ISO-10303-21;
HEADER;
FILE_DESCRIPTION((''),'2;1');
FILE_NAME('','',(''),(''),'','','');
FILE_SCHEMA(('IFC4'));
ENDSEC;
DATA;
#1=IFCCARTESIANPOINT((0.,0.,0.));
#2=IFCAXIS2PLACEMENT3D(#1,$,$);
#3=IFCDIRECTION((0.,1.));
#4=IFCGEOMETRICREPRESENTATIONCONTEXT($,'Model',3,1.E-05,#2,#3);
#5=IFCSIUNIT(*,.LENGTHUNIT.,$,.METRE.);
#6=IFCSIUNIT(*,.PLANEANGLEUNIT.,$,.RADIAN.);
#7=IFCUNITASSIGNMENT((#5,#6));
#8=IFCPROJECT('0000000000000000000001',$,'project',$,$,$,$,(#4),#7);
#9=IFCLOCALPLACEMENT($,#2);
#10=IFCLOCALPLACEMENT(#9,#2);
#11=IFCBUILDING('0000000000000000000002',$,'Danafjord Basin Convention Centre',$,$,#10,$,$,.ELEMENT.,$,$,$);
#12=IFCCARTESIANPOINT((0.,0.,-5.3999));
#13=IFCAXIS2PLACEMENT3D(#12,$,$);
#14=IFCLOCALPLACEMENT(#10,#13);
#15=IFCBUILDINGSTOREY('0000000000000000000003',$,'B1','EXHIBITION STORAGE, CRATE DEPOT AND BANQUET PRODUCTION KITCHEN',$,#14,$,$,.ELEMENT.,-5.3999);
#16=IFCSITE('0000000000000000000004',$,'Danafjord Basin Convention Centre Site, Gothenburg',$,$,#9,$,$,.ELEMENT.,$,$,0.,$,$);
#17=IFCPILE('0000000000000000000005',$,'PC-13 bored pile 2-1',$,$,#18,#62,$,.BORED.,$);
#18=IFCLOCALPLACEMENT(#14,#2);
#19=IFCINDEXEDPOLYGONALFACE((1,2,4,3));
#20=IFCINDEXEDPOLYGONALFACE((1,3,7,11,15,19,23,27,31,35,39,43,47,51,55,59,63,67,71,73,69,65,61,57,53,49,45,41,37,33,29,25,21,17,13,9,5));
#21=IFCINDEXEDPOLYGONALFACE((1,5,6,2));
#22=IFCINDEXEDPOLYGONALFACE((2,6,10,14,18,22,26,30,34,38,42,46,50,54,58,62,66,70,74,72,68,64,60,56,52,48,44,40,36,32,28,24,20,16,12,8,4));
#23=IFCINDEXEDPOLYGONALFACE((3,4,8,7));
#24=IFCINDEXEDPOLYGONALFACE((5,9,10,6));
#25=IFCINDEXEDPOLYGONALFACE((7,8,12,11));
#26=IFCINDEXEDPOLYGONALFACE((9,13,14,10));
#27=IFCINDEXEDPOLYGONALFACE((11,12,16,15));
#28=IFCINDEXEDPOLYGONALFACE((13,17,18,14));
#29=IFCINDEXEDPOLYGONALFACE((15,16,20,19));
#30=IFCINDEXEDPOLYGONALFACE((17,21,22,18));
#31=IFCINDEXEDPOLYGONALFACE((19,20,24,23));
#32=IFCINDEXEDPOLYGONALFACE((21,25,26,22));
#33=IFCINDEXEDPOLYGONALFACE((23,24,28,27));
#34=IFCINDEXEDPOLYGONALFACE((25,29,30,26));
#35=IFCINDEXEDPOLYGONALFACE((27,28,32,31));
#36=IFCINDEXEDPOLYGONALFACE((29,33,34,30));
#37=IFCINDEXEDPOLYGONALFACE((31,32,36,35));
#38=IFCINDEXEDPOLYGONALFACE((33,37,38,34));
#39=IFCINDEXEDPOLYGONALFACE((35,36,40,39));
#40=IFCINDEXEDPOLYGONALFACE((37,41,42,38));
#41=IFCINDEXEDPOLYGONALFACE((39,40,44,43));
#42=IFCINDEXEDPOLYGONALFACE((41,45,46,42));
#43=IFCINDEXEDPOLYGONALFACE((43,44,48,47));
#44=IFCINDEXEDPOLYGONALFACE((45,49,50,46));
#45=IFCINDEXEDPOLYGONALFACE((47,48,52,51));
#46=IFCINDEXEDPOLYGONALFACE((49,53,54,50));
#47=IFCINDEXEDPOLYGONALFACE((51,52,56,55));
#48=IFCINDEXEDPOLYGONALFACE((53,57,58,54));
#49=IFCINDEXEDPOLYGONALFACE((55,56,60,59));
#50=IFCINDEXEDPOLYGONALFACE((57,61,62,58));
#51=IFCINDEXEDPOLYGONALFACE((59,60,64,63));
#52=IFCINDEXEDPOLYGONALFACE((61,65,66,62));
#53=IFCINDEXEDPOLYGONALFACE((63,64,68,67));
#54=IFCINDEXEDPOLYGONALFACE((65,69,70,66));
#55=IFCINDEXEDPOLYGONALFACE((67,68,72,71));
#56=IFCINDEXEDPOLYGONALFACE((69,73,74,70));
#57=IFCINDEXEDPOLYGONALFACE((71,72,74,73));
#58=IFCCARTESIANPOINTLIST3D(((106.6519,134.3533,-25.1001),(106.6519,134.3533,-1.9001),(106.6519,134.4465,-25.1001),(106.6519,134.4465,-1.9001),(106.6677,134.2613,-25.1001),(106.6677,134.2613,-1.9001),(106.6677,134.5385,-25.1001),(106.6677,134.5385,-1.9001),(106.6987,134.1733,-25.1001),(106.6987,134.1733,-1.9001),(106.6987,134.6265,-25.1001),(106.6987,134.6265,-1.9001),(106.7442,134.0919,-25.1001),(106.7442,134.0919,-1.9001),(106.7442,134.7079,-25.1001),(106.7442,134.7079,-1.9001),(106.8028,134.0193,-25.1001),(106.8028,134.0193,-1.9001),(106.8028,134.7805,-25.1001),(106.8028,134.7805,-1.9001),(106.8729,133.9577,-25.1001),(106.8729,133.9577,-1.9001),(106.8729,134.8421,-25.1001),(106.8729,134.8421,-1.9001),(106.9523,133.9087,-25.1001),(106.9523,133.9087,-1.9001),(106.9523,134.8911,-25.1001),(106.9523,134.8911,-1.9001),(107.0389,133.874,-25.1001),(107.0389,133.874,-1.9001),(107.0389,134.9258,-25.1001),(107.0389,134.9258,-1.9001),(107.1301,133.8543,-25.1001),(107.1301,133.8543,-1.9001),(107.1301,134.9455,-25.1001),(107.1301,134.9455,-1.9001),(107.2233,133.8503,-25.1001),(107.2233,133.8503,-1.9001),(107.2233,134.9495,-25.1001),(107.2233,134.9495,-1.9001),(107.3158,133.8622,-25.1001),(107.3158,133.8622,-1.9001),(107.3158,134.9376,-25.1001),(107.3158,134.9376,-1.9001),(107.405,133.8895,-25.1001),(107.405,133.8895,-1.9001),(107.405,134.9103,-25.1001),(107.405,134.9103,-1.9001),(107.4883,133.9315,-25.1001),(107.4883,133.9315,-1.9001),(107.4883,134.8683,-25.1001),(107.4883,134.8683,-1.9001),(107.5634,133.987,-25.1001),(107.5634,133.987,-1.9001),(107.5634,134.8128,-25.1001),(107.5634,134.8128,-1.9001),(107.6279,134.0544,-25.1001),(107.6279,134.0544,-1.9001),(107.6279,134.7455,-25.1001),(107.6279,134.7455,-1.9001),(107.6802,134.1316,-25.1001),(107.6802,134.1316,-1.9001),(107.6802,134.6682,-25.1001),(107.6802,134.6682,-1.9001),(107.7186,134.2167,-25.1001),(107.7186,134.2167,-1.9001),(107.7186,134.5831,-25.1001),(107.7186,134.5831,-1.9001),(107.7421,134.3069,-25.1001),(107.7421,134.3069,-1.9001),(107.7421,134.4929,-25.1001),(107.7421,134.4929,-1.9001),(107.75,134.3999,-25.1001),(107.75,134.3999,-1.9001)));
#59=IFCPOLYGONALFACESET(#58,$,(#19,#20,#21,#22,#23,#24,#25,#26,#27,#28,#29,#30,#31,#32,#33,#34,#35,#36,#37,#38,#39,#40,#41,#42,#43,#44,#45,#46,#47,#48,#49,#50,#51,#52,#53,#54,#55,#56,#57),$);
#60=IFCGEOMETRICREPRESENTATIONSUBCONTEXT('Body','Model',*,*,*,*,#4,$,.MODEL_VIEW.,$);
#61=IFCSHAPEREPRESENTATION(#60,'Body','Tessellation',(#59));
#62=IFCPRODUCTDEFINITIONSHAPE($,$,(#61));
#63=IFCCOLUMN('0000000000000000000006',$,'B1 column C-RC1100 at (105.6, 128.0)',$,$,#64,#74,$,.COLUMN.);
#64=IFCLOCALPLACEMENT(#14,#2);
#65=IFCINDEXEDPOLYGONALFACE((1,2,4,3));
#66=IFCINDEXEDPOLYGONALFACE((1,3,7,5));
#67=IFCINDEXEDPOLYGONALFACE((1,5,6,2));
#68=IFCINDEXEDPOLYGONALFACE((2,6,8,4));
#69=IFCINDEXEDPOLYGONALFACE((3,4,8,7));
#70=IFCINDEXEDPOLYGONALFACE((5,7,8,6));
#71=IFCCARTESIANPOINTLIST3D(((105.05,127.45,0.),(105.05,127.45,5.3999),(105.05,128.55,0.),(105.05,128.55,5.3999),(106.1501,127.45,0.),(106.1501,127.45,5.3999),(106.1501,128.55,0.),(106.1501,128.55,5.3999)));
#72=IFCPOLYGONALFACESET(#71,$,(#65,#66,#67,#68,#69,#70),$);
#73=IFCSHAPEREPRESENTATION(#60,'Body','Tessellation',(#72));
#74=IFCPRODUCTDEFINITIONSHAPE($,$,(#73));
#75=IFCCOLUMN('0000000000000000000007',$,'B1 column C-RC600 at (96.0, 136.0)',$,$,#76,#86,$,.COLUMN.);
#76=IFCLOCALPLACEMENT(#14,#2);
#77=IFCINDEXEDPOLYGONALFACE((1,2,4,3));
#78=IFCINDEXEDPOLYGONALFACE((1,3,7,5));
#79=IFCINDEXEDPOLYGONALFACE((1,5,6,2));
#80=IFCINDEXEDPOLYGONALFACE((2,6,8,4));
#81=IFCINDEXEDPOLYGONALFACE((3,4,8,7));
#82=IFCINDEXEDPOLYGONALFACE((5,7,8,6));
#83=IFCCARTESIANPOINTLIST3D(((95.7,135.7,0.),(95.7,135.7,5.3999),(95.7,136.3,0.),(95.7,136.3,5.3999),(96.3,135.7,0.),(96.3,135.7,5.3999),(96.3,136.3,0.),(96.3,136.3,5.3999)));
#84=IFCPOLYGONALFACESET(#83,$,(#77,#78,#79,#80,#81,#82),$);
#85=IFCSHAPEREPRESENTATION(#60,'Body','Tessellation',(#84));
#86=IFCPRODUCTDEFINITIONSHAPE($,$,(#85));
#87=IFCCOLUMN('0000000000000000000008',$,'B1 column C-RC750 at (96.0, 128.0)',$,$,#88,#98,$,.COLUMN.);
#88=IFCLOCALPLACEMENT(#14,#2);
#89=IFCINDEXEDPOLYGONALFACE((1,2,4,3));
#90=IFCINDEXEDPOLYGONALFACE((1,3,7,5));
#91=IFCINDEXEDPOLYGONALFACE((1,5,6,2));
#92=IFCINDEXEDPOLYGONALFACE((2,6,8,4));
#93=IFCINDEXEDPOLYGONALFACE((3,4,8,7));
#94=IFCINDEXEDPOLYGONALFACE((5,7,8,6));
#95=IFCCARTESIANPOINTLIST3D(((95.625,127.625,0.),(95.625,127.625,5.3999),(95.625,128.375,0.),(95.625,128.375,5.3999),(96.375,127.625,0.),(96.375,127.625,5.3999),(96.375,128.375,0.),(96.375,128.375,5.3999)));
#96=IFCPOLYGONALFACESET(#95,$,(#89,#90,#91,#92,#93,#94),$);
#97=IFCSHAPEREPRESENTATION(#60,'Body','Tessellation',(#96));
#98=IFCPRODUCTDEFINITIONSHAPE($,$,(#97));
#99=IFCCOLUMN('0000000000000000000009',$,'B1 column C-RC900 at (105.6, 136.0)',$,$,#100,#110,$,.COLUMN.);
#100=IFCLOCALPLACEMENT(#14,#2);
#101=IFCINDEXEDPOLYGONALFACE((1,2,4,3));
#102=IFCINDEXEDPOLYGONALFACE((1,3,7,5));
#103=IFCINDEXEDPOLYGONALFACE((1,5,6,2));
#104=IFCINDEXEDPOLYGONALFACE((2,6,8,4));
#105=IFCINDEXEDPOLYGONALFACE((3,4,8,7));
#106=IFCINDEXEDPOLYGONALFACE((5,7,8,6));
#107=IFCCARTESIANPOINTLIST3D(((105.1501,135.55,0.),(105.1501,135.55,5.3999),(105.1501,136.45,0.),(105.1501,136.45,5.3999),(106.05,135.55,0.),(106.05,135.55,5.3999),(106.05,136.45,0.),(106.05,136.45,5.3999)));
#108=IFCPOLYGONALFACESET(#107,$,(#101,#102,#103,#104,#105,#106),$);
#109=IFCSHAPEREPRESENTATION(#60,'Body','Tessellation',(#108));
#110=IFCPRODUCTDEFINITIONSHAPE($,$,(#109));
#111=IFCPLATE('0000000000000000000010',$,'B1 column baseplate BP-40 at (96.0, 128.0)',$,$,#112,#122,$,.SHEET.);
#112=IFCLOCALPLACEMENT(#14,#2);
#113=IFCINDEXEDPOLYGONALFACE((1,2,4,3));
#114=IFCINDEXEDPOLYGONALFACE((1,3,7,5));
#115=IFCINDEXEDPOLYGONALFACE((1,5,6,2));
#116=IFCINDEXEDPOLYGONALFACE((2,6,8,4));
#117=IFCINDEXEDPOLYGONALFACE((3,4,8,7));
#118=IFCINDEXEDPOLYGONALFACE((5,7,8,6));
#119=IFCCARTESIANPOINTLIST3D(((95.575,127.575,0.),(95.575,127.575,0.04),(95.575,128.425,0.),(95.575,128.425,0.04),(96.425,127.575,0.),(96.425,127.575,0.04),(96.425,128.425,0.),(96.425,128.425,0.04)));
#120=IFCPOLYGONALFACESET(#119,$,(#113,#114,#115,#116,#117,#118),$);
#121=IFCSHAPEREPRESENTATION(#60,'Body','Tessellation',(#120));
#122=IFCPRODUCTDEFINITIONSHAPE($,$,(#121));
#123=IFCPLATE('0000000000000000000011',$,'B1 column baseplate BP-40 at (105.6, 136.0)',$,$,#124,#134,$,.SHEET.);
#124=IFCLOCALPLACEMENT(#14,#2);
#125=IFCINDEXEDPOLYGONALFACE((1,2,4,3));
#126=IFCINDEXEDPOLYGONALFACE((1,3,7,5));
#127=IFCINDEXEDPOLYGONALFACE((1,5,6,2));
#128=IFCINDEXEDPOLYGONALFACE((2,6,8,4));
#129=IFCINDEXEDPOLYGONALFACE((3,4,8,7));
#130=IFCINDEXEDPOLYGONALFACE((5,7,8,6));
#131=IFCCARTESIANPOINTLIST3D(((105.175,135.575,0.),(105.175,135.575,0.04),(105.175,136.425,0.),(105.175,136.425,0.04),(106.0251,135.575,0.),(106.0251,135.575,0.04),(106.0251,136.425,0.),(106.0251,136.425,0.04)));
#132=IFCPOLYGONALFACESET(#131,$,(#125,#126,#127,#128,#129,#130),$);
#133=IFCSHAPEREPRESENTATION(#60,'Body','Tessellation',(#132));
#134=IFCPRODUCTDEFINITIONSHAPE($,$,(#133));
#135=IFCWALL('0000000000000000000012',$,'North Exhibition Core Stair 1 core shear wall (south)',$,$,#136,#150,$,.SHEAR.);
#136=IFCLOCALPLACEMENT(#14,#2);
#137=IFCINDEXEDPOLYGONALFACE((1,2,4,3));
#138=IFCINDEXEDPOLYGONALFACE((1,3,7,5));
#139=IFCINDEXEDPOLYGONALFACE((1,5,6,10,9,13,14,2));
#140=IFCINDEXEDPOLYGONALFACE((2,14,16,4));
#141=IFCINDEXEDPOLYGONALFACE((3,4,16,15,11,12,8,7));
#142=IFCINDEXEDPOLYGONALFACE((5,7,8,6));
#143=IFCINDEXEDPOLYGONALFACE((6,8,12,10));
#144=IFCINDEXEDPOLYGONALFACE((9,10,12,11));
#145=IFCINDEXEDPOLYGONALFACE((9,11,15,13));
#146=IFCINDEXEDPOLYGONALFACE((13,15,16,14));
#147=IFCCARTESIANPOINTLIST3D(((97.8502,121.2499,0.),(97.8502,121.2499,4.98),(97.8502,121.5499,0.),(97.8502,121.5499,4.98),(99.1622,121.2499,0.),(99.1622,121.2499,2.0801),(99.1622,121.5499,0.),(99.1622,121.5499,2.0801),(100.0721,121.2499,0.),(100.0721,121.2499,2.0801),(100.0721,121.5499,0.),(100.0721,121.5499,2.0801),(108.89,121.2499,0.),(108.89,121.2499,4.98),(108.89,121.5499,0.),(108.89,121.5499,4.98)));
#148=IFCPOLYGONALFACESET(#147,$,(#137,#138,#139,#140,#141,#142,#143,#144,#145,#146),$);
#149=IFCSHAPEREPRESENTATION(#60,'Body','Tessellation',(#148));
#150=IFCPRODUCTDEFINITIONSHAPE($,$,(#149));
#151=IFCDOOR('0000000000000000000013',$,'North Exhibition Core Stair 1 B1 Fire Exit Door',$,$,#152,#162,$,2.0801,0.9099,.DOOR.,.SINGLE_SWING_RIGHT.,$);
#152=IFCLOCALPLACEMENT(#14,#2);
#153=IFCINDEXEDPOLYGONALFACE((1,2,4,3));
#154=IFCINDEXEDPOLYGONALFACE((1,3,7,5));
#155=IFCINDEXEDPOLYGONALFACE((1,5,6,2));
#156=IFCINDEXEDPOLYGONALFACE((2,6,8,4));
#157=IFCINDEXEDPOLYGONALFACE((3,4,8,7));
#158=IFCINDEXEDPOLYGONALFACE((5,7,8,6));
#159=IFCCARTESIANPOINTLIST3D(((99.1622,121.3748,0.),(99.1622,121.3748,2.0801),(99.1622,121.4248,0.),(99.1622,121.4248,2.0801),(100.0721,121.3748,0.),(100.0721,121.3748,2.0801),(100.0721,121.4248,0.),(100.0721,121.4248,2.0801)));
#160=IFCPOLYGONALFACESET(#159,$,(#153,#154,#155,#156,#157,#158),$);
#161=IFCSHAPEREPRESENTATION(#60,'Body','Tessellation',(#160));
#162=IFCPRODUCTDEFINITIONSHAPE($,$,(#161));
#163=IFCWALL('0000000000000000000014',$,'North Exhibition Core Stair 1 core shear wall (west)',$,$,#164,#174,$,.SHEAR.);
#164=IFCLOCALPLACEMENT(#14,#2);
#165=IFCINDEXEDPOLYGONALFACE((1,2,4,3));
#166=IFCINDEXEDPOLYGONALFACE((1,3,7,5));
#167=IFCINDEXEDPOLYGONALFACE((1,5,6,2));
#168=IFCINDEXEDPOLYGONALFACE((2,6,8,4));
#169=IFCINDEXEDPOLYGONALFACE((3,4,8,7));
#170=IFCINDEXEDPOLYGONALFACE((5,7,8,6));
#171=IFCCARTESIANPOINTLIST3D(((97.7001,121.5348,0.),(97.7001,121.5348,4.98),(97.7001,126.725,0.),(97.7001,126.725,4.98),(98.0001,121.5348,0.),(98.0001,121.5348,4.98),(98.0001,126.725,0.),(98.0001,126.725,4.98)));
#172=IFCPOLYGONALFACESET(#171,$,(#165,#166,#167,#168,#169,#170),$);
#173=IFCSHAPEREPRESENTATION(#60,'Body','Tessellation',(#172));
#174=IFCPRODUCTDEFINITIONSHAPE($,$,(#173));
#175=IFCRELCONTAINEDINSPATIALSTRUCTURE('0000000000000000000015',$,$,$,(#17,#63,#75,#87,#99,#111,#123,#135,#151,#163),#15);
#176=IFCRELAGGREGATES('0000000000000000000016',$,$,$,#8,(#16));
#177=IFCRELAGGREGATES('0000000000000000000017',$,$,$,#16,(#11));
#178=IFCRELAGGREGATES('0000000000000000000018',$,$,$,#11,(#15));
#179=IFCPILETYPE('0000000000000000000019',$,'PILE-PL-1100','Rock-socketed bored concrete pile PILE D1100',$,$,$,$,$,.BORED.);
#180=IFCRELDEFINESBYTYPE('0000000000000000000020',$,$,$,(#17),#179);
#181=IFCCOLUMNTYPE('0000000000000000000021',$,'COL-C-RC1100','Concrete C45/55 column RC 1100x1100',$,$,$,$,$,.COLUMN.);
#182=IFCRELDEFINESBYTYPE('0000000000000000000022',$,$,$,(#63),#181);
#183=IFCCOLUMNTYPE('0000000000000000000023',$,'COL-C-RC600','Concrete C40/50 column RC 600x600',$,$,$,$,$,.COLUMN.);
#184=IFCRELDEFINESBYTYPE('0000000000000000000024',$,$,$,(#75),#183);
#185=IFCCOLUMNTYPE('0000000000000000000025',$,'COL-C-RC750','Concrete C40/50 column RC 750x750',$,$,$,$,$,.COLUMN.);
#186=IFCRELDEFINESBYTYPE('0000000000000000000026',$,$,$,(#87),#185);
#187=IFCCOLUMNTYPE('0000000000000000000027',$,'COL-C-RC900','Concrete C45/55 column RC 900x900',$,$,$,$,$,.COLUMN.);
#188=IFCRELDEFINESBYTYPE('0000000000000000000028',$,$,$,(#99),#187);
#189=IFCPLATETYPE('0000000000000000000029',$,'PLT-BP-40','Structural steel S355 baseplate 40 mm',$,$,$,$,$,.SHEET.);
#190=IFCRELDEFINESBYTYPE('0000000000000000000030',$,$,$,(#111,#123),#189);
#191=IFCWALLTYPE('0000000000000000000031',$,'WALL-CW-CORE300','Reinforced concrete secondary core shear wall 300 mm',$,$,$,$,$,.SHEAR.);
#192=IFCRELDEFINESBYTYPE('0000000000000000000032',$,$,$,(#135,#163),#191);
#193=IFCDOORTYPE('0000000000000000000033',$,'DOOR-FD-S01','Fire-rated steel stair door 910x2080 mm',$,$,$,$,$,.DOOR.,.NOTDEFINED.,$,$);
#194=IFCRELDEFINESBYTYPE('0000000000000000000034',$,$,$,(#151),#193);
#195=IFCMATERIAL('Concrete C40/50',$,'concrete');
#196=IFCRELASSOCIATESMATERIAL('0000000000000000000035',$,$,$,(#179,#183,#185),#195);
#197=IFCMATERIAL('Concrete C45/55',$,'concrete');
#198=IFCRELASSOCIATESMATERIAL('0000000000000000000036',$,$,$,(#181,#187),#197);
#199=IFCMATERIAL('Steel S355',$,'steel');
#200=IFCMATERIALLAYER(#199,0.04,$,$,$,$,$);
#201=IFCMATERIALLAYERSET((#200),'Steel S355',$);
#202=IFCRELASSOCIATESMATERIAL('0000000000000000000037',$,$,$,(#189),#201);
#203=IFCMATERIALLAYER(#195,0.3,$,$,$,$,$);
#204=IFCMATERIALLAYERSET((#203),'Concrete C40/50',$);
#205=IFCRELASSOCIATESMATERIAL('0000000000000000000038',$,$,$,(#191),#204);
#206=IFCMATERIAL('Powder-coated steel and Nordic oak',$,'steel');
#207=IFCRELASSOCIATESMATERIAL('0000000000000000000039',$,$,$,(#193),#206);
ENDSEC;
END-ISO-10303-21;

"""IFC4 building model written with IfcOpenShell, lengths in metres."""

from ifc_helpers import new_model, si_unit, direction, frame, frame_2d, origin, origin_2d, place, context, subcontext, project, spatial, rectangle, circle, extrude, material, layer, layer_set, material_profile, profile_set, type_object, element, fill, save


model = new_model("IFC4")

# Units and contexts
model_context = context("Model", 3, precision=1e-05, world=origin(), true_north=direction((0.0, 1.0)))
body_context = subcontext(model_context, "Body", "Model", "MODEL_VIEW")
ifc_project = project(units=[si_unit("LENGTHUNIT", "METRE"), si_unit("PLANEANGLEUNIT", "RADIAN")], contexts=[model_context])

# Site, building, storey
site_placement = place(None, origin())
site = spatial("IfcSite", under=ifc_project, at=site_placement, Name="Danafjord Basin Convention Centre Site, Gothenburg", CompositionType="ELEMENT", RefElevation=0.0)
building_placement = place(site_placement, origin())
building = spatial("IfcBuilding", under=site, at=building_placement, Name="Danafjord Basin Convention Centre", CompositionType="ELEMENT")
storey_placement = place(building_placement, frame((0.0, 0.0, -5.3999)))
storey = spatial("IfcBuildingStorey", under=building, at=storey_placement, Name="B1", Description="EXHIBITION STORAGE, CRATE DEPOT AND BANQUET PRODUCTION KITCHEN", CompositionType="ELEMENT", Elevation=-5.3999)

# Shared definitions
ifc_material_1 = material(Name="Concrete C40/50", Category="concrete")

# Pile
ifc_material_profile_1 = material_profile(ifc_material_1, circle(Radius=0.55, at=origin_2d()), Name="PILE D1100")
ifc_profile_set_1 = profile_set([ifc_material_profile_1], Name="Concrete C40/50")
pile_type = type_object("IfcPileType", Name="PILE-PL-1100", Description="Rock-socketed bored concrete pile PILE D1100", PredefinedType="BORED", material=ifc_profile_set_1)
for number, where, z_axis, x_axis, name in (
    (1, (107.2, 134.3999, -1.9001), (0.0, 0.0, -1.0), (1.0, 0.0, 0.0), "PC-13 bored pile 2-1"),
):
    element("IfcPile", number, at=place(storey_placement, frame(where, z_axis=z_axis, x_axis=x_axis)), inside=storey, type_object=pile_type, Name=name, PredefinedType="BORED", context=body_context, shape_type="SweptSolid", body=[
        extrude(circle(Radius=0.55, at=origin_2d()), origin(), (0.0, 0.0, 1.0), 23.2),
    ])

# Columns
ifc_material_2 = material(Name="Concrete C45/55", Category="concrete")
ifc_material_profile_2 = material_profile(ifc_material_2, rectangle(XDim=1.1001, YDim=1.1001, at=origin_2d()), Name="RC 1100x1100")
ifc_profile_set_2 = profile_set([ifc_material_profile_2], Name="Concrete C45/55")
column_type_1 = type_object("IfcColumnType", Name="COL-C-RC1100", Description="Concrete C45/55 column RC 1100x1100", PredefinedType="COLUMN", material=ifc_profile_set_2)
column_1_placement = place(storey_placement, frame((105.6001, 128.0, 0.0), z_axis=(0.0, 0.0, 1.0), x_axis=(1.0, 0.0, 0.0)))
element("IfcColumn", 2, at=column_1_placement, inside=storey, type_object=column_type_1, Name="B1 column C-RC1100 at (105.6, 128.0)", PredefinedType="COLUMN", context=body_context, shape_type="SweptSolid", body=[
    extrude(rectangle(XDim=1.1001, YDim=1.1001, at=origin_2d()), origin(), (0.0, 0.0, 1.0), 5.3999),
])
ifc_material_profile_3 = material_profile(ifc_material_1, rectangle(XDim=0.6001, YDim=0.6001, at=origin_2d()), Name="RC 600x600")
ifc_profile_set_3 = profile_set([ifc_material_profile_3], Name="Concrete C40/50")
column_type_2 = type_object("IfcColumnType", Name="COL-C-RC600", Description="Concrete C40/50 column RC 600x600", PredefinedType="COLUMN", material=ifc_profile_set_3)
column_2_placement = place(storey_placement, frame((96.0, 136.0, 0.0), z_axis=(0.0, 0.0, 1.0), x_axis=(1.0, 0.0, 0.0)))
element("IfcColumn", 3, at=column_2_placement, inside=storey, type_object=column_type_2, Name="B1 column C-RC600 at (96.0, 136.0)", PredefinedType="COLUMN", context=body_context, shape_type="SweptSolid", body=[
    extrude(rectangle(XDim=0.6001, YDim=0.6001, at=origin_2d()), origin(), (0.0, 0.0, 1.0), 5.3999),
])
ifc_material_profile_4 = material_profile(ifc_material_1, rectangle(XDim=0.75, YDim=0.75, at=origin_2d()), Name="RC 750x750")
ifc_profile_set_4 = profile_set([ifc_material_profile_4], Name="Concrete C40/50")
column_type_3 = type_object("IfcColumnType", Name="COL-C-RC750", Description="Concrete C40/50 column RC 750x750", PredefinedType="COLUMN", material=ifc_profile_set_4)
column_3_placement = place(storey_placement, frame((96.0, 128.0, 0.0), z_axis=(0.0, 0.0, 1.0), x_axis=(1.0, 0.0, 0.0)))
element("IfcColumn", 4, at=column_3_placement, inside=storey, type_object=column_type_3, Name="B1 column C-RC750 at (96.0, 128.0)", PredefinedType="COLUMN", context=body_context, shape_type="SweptSolid", body=[
    extrude(rectangle(XDim=0.75, YDim=0.75, at=origin_2d()), origin(), (0.0, 0.0, 1.0), 5.3999),
])
ifc_material_profile_5 = material_profile(ifc_material_2, rectangle(XDim=0.8999, YDim=0.8999, at=origin_2d()), Name="RC 900x900")
ifc_profile_set_5 = profile_set([ifc_material_profile_5], Name="Concrete C45/55")
column_type_4 = type_object("IfcColumnType", Name="COL-C-RC900", Description="Concrete C45/55 column RC 900x900", PredefinedType="COLUMN", material=ifc_profile_set_5)
column_4_placement = place(storey_placement, frame((105.6001, 136.0, 0.0), z_axis=(0.0, 0.0, 1.0), x_axis=(1.0, 0.0, 0.0)))
element("IfcColumn", 5, at=column_4_placement, inside=storey, type_object=column_type_4, Name="B1 column C-RC900 at (105.6, 136.0)", PredefinedType="COLUMN", context=body_context, shape_type="SweptSolid", body=[
    extrude(rectangle(XDim=0.8999, YDim=0.8999, at=origin_2d()), origin(), (0.0, 0.0, 1.0), 5.3999),
])

# Plates
ifc_material_3 = material(Name="Steel S355", Category="steel")
ifc_layer_1 = layer(ifc_material_3, 0.04)
ifc_layer_set_1 = layer_set([ifc_layer_1], Name="Steel S355")
plate_type = type_object("IfcPlateType", Name="PLT-BP-40", Description="Structural steel S355 baseplate 40 mm", PredefinedType="SHEET", material=ifc_layer_set_1)
for number, where, z_axis, x_axis, name in (
    (6, (96.0, 128.0, 0.0), (0.0, 0.0, 1.0), (1.0, 0.0, 0.0), "B1 column baseplate BP-40 at (96.0, 128.0)"),
    (7, (105.6001, 136.0, 0.0), (0.0, 0.0, 1.0), (1.0, 0.0, 0.0), "B1 column baseplate BP-40 at (105.6, 136.0)"),
):
    element("IfcPlate", number, at=place(storey_placement, frame(where, z_axis=z_axis, x_axis=x_axis)), inside=storey, type_object=plate_type, Name=name, PredefinedType="SHEET", context=body_context, shape_type="SweptSolid", body=[
        extrude(rectangle(XDim=0.8501, YDim=0.8501, at=origin_2d()), origin(), (0.0, 0.0, 1.0), 0.04),
    ])

# Wall, opening, door
ifc_layer_2 = layer(ifc_material_1, 0.3)
ifc_layer_set_2 = layer_set([ifc_layer_2], Name="Concrete C40/50")
wall_type_1 = type_object("IfcWallType", Name="WALL-CW-CORE300", Description="Reinforced concrete secondary core shear wall 300 mm", PredefinedType="SHEAR", material=ifc_layer_set_2)
wall_1_placement = place(storey_placement, frame((97.8501, 121.3999, 0.0), z_axis=(0.0, 0.0, 1.0), x_axis=(1.0, 0.0, 0.0)))
wall_1 = element("IfcWall", 8, at=wall_1_placement, inside=storey, type_object=wall_type_1, Name="North Exhibition Core Stair 1 core shear wall (south)", PredefinedType="SHEAR", context=body_context, shape_type="SweptSolid", body=[
    extrude(rectangle(XDim=11.0398, YDim=0.3, at=frame_2d((5.52, 0.0))), origin(), (0.0, 0.0, 1.0), 4.98),
])
opening_placement = place(wall_1_placement, frame((1.312, 0.0, 0.0)))
opening = element("IfcOpeningElement", 9, at=opening_placement, cuts=wall_1, PredefinedType="OPENING", context=body_context, shape_type="SweptSolid", body=[
    extrude(rectangle(XDim=0.9099, YDim=2.0801, at=frame_2d((0.4551, 1.04))), frame((0.0, 0.1599, 0.0), z_axis=(0.0, -1.0, 0.0), x_axis=(1.0, 0.0, 0.0)), (0.0, 0.0, 1.0), 0.3201),
])
ifc_material_4 = material(Name="Powder-coated steel and Nordic oak", Category="steel")
door_type = type_object("IfcDoorType", Name="DOOR-FD-S01", Description="Fire-rated steel stair door 910x2080 mm", OperationType="NOTDEFINED", PredefinedType="DOOR", material=ifc_material_4)
door_placement = place(opening_placement, origin())
door = element("IfcDoor", 10, at=door_placement, inside=storey, type_object=door_type, Name="North Exhibition Core Stair 1 B1 Fire Exit Door", OperationType="SINGLE_SWING_RIGHT", OverallHeight=2.0801, OverallWidth=0.9099, PredefinedType="DOOR", context=body_context, shape_type="SweptSolid", body=[
    extrude(rectangle(XDim=0.9099, YDim=2.0801, at=frame_2d((0.4551, 1.04))), frame((0.0, 0.0249, 0.0), z_axis=(0.0, -1.0, 0.0), x_axis=(1.0, 0.0, 0.0)), (0.0, 0.0, 1.0), 0.05),
])
fill(opening, door)

# Wall
wall_2_placement = place(storey_placement, frame((97.8501, 126.7251, 0.0), z_axis=(0.0, 0.0, 1.0), x_axis=(0.0, -1.0, 0.0)))
element("IfcWall", 11, at=wall_2_placement, inside=storey, type_object=wall_type_1, Name="North Exhibition Core Stair 1 core shear wall (west)", PredefinedType="SHEAR", context=body_context, shape_type="SweptSolid", body=[
    extrude(rectangle(XDim=5.1902, YDim=0.3, at=frame_2d((2.5952, 0.0))), origin(), (0.0, 0.0, 1.0), 4.98),
])

save(model, "model.ifc")
